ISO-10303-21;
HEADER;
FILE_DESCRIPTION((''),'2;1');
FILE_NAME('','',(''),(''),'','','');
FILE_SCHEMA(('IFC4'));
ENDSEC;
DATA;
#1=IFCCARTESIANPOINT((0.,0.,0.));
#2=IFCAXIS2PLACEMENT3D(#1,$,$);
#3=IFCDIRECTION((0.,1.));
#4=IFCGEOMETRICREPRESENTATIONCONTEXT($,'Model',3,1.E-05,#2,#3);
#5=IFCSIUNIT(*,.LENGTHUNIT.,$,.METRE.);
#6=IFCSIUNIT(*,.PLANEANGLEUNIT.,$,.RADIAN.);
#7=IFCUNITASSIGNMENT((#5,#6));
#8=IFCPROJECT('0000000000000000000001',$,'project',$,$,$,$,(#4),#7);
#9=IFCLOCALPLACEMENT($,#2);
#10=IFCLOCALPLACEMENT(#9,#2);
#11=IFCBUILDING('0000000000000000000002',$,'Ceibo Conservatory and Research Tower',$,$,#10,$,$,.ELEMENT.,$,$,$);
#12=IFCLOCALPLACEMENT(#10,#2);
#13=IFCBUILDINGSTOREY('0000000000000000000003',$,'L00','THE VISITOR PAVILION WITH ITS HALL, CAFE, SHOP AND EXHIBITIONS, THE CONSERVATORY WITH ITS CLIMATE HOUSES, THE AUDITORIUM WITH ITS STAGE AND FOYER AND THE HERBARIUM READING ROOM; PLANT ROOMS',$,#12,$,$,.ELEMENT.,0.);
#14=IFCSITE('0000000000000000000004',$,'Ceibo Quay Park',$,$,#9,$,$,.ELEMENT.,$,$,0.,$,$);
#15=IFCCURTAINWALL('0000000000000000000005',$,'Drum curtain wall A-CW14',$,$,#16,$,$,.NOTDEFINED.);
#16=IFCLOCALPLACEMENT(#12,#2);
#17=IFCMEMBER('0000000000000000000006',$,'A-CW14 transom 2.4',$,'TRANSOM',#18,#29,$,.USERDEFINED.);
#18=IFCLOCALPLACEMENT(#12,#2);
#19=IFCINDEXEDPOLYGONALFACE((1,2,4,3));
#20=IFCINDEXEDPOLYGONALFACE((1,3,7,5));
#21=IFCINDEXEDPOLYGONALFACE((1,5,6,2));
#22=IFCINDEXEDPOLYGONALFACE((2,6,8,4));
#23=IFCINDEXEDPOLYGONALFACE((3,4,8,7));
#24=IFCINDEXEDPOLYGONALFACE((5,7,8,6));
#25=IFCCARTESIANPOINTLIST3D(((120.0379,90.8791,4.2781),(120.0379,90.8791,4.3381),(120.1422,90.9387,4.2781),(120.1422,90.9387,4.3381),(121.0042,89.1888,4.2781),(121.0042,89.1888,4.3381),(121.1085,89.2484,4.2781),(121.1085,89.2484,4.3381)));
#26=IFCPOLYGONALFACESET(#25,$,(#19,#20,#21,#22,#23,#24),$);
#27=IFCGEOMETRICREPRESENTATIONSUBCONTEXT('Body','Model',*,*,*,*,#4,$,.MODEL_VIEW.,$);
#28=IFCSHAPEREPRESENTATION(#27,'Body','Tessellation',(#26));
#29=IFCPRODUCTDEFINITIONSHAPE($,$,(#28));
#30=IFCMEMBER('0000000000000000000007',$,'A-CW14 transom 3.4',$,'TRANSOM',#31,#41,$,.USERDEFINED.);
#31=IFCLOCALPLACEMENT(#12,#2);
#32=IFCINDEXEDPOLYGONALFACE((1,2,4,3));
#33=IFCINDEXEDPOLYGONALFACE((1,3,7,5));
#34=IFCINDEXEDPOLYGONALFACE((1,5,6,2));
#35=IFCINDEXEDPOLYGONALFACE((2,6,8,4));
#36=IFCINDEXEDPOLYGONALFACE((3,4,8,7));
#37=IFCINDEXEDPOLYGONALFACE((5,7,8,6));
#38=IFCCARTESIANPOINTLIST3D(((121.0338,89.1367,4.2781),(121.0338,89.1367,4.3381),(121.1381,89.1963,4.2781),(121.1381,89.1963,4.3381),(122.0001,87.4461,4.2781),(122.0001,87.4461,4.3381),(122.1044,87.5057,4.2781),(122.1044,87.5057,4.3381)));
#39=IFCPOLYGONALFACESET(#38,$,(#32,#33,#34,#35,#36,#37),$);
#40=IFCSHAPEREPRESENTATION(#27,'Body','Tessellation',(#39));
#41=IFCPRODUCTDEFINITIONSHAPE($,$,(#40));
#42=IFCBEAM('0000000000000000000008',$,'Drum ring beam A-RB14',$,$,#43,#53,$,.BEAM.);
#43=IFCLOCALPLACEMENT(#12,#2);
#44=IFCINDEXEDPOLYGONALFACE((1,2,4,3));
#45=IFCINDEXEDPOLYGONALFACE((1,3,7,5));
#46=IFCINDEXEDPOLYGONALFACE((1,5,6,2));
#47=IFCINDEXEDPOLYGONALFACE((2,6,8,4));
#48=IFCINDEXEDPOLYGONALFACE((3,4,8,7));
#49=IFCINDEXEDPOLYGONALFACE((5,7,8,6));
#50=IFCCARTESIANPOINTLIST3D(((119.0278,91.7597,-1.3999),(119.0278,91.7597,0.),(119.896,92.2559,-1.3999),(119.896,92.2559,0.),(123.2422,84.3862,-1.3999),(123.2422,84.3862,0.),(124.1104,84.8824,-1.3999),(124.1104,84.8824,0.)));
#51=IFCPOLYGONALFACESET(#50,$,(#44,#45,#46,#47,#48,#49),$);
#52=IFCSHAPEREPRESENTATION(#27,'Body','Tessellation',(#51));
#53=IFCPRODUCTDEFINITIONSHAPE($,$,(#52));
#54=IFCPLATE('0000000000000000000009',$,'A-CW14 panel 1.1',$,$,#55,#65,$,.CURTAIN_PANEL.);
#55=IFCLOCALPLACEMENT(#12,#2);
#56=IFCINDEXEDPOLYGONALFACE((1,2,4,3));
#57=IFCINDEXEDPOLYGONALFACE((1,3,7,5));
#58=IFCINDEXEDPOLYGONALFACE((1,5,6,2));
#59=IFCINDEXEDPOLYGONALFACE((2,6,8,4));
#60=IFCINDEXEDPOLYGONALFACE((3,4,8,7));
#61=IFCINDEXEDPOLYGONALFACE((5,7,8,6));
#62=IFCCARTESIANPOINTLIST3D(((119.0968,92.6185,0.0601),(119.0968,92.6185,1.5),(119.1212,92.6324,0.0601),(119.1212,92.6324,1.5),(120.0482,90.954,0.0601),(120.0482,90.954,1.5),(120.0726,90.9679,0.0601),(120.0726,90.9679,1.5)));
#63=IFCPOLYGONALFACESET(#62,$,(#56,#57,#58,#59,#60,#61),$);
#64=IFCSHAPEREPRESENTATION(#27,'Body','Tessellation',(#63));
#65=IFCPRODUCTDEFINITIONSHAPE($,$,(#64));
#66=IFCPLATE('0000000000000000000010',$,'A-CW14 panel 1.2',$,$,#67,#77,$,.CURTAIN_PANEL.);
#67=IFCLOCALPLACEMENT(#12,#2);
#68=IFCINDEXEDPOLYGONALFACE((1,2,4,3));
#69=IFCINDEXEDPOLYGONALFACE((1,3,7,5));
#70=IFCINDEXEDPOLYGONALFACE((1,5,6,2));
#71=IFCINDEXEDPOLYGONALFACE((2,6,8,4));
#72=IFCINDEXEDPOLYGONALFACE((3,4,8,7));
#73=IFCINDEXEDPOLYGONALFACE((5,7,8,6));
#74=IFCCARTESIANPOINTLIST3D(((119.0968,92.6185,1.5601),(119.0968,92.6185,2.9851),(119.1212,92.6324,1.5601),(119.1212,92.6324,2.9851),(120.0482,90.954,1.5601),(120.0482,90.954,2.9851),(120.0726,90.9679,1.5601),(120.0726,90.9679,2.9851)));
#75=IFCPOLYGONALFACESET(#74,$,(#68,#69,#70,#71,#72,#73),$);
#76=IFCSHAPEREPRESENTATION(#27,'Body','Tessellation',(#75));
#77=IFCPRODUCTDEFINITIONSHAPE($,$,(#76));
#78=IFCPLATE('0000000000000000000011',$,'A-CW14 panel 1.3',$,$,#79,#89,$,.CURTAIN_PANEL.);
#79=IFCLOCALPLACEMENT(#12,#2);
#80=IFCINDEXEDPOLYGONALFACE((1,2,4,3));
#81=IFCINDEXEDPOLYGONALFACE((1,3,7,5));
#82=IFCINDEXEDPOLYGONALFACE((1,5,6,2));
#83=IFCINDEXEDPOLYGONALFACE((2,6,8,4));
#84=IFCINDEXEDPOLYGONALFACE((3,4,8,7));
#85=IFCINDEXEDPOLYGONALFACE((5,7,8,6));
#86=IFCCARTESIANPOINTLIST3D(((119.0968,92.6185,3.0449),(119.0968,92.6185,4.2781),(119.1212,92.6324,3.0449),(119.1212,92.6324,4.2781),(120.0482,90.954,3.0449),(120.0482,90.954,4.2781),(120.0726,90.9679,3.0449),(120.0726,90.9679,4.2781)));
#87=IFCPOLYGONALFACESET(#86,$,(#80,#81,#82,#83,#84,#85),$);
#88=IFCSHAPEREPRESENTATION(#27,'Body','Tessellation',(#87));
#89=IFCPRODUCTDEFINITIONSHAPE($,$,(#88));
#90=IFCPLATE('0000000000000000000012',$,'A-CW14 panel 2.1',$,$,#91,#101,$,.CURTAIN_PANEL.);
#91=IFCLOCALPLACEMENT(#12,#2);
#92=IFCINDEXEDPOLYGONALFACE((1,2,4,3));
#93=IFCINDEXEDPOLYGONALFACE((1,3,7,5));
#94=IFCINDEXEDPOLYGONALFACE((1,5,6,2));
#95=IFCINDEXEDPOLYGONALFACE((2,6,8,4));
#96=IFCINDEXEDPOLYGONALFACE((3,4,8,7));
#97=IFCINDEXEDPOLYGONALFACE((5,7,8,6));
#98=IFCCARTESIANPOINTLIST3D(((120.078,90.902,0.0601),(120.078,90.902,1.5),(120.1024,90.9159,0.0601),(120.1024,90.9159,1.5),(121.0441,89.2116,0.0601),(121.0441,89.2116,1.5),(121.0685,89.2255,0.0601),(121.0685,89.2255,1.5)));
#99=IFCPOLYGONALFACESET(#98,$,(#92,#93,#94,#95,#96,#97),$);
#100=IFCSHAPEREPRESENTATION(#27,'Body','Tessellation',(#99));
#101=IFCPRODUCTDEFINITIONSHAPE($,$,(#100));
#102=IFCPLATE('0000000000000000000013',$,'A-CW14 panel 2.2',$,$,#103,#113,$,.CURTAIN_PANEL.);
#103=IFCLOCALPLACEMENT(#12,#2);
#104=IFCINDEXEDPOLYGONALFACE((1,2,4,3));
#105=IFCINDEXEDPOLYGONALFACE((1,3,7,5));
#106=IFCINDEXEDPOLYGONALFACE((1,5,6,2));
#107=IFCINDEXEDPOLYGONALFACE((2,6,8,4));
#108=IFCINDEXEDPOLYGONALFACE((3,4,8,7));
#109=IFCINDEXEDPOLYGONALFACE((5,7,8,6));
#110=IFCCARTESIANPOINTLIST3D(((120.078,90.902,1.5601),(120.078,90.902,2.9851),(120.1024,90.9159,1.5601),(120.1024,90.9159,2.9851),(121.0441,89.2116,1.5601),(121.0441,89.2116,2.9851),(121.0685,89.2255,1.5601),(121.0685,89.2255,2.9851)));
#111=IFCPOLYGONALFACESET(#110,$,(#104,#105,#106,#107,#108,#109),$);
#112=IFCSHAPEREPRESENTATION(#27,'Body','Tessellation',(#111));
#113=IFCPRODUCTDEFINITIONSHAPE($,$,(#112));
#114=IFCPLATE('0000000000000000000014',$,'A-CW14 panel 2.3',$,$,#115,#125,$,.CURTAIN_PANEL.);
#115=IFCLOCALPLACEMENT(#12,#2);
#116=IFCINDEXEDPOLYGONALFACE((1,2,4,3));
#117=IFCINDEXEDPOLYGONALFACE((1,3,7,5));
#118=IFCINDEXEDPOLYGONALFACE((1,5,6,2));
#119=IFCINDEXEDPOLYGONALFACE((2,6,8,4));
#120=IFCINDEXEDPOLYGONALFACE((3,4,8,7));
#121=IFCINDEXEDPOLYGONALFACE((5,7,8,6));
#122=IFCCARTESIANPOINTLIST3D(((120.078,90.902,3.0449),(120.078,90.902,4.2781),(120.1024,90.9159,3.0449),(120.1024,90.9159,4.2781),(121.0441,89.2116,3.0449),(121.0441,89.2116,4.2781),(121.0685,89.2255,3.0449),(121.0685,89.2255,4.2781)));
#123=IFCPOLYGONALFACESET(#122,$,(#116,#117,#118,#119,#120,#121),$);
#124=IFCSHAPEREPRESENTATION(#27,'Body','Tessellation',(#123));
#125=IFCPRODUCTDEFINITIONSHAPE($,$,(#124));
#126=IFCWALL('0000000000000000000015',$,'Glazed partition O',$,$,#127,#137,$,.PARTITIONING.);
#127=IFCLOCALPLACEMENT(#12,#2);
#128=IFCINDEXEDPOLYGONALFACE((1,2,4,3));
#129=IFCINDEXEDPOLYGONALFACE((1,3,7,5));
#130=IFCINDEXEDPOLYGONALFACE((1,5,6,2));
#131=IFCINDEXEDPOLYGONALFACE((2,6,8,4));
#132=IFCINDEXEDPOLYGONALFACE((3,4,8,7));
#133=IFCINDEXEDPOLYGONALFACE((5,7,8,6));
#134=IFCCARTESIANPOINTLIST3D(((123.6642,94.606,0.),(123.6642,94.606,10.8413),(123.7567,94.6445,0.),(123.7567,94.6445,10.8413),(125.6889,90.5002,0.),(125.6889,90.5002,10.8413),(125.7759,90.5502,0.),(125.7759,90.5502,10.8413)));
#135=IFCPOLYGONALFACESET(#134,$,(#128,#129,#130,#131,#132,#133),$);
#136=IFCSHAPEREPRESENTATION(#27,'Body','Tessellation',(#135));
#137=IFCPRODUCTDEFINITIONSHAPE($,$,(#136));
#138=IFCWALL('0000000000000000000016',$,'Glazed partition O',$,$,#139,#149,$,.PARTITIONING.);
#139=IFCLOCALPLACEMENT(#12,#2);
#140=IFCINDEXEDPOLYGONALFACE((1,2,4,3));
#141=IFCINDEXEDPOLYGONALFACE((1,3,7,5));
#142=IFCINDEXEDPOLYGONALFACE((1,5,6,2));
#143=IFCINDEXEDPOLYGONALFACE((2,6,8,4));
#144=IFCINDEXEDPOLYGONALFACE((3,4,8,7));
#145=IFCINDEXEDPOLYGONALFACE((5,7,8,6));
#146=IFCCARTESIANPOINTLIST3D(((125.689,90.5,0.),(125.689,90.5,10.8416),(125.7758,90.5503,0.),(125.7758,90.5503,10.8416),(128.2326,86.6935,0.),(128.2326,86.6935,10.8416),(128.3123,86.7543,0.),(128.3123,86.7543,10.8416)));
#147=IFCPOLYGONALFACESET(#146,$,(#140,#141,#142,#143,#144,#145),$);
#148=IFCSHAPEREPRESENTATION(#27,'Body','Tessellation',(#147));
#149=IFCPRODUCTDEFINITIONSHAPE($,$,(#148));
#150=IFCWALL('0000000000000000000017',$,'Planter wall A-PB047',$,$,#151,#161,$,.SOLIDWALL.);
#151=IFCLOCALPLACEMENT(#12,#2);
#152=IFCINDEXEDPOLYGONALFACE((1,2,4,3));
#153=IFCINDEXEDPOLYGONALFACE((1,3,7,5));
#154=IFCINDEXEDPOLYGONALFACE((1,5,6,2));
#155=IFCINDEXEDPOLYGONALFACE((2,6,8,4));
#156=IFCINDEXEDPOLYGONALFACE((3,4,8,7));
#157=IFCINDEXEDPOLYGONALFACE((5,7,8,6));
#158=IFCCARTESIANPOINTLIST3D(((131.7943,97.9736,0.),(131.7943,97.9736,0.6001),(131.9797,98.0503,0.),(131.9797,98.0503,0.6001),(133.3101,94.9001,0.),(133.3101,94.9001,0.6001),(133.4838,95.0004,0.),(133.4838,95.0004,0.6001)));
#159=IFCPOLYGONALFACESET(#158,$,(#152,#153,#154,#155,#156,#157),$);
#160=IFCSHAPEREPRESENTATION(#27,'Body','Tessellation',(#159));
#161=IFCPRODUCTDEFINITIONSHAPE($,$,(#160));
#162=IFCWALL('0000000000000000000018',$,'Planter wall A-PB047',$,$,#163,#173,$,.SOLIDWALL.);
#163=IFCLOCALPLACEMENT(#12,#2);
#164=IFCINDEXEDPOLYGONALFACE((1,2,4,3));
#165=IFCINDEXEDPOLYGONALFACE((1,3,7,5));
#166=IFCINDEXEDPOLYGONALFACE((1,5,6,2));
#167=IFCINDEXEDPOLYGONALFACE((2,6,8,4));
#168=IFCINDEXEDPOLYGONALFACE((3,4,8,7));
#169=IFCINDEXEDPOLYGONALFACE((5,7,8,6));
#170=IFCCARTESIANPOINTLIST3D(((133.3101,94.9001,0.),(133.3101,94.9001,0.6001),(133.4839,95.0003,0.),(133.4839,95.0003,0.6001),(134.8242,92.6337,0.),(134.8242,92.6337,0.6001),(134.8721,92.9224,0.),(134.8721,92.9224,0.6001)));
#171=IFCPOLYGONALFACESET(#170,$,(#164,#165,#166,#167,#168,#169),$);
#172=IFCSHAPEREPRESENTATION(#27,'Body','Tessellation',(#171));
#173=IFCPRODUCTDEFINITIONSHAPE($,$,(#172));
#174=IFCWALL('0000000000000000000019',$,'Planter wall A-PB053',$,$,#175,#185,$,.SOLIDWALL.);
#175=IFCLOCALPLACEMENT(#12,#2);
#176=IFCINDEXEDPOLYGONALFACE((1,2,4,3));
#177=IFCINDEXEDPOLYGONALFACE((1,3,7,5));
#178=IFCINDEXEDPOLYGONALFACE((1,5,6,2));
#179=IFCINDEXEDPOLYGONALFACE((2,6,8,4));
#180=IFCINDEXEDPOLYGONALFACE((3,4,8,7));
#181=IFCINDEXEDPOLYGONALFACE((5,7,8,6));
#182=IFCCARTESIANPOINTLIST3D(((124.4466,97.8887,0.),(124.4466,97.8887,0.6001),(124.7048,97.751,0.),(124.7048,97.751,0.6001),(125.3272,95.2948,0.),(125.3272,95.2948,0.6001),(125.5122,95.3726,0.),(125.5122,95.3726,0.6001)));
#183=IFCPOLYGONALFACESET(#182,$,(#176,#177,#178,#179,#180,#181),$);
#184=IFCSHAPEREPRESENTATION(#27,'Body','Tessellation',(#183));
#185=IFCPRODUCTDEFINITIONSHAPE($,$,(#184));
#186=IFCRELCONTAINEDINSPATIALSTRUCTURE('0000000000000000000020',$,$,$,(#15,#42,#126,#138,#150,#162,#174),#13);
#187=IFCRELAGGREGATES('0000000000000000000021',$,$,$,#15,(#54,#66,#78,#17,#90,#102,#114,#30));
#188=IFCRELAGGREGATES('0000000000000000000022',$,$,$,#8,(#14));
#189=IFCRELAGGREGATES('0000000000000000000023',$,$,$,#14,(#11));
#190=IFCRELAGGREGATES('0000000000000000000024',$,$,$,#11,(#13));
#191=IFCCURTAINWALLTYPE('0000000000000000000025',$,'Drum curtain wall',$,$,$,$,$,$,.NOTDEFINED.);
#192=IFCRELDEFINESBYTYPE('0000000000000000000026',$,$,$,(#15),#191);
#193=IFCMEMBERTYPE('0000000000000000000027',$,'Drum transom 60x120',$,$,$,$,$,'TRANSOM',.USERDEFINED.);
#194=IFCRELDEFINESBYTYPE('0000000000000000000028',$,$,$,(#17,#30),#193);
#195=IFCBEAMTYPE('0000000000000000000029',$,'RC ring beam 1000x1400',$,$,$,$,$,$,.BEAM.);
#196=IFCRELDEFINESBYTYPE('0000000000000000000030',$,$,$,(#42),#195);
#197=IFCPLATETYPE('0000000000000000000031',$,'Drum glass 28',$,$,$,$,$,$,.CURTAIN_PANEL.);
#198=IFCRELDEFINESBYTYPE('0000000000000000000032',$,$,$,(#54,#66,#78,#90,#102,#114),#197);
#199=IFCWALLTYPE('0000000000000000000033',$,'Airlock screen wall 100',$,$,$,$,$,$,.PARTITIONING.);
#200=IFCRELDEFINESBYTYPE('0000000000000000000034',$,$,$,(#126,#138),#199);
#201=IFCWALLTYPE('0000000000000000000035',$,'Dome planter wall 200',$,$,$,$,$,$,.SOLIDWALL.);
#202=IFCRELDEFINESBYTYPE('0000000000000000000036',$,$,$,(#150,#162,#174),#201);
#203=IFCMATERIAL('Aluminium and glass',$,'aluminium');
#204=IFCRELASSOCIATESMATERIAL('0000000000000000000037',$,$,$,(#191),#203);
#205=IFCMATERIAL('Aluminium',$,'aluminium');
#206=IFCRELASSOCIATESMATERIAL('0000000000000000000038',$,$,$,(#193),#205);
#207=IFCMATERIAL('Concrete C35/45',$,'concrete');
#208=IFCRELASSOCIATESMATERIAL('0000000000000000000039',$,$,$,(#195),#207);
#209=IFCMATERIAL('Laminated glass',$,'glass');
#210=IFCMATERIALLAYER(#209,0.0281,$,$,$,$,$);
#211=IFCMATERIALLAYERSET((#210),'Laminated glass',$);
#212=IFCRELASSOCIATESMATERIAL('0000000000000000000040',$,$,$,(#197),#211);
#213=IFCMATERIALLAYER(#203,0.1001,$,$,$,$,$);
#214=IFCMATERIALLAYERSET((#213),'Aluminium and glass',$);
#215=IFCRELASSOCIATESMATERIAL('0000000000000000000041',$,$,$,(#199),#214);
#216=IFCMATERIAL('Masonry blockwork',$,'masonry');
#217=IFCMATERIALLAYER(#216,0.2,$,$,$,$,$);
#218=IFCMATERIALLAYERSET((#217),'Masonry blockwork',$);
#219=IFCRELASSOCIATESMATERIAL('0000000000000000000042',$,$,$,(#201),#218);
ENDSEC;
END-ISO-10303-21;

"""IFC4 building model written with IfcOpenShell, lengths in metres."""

from ifc_helpers import new_model, si_unit, direction, frame, origin, origin_2d, place, context, subcontext, project, spatial, polyline, rectangle, outline, extrude, material, layer, layer_set, material_profile, profile_set, type_object, element, aggregate, save


model = new_model("IFC4")

# Units and contexts
model_context = context("Model", 3, precision=1e-05, world=origin(), true_north=direction((0.0, 1.0)))
body_context = subcontext(model_context, "Body", "Model", "MODEL_VIEW")
ifc_project = project(units=[si_unit("LENGTHUNIT", "METRE"), si_unit("PLANEANGLEUNIT", "RADIAN")], contexts=[model_context])

# Site, building, storey
site_placement = place(None, origin())
site = spatial("IfcSite", under=ifc_project, at=site_placement, Name="Ceibo Quay Park", CompositionType="ELEMENT", RefElevation=0.0)
building_placement = place(site_placement, origin())
building = spatial("IfcBuilding", under=site, at=building_placement, Name="Ceibo Conservatory and Research Tower", CompositionType="ELEMENT")
storey_placement = place(building_placement, origin())
storey = spatial("IfcBuildingStorey", under=building, at=storey_placement, Name="L00", Description="THE VISITOR PAVILION WITH ITS HALL, CAFE, SHOP AND EXHIBITIONS, THE CONSERVATORY WITH ITS CLIMATE HOUSES, THE AUDITORIUM WITH ITS STAGE AND FOYER AND THE HERBARIUM READING ROOM; PLANT ROOMS", CompositionType="ELEMENT", Elevation=0.0)

# Shared definitions
ifc_material_1 = material(Name="Concrete C35/45", Category="concrete")

# Curtain wall, members
ifc_material_2 = material(Name="Aluminium and glass", Category="aluminium")
curtain_wall_type = type_object("IfcCurtainWallType", Name="Drum curtain wall", PredefinedType="NOTDEFINED", material=ifc_material_2)
curtain_wall_placement = place(storey_placement, origin())
curtain_wall = element("IfcCurtainWall", 1, at=curtain_wall_placement, inside=storey, type_object=curtain_wall_type, Name="Drum curtain wall A-CW14", PredefinedType="NOTDEFINED")
ifc_material_3 = material(Name="Aluminium", Category="aluminium")
ifc_material_profile_1 = material_profile(ifc_material_3, rectangle(XDim=0.1201, YDim=0.0601, at=origin_2d()), Name="AL 60x120")
ifc_profile_set_1 = profile_set([ifc_material_profile_1], Name="Aluminium")
member_type_1 = type_object("IfcMemberType", Name="Drum transom 60x120", ElementType="TRANSOM", PredefinedType="USERDEFINED", material=ifc_profile_set_1)
member_1_placement = place(storey_placement, frame((120.0901, 90.9089, 4.3081), z_axis=(0.496274, -0.868166, 0.0), x_axis=(0.868166, 0.496274, 0.0)))
member_1 = element("IfcMember", 2, at=member_1_placement, type_object=member_type_1, Name="A-CW14 transom 2.4", ObjectType="TRANSOM", PredefinedType="USERDEFINED", context=body_context, shape_type="SweptSolid", body=[
    extrude(rectangle(XDim=0.1201, YDim=0.0601, at=origin_2d()), origin(), (0.0, 0.0, 1.0), 1.947),
])
member_2_placement = place(storey_placement, frame((121.0859, 89.1665, 4.3081), z_axis=(0.49622, -0.868197, 0.0), x_axis=(0.868197, 0.49622, 0.0)))
member_2 = element("IfcMember", 3, at=member_2_placement, type_object=member_type_1, Name="A-CW14 transom 3.4", ObjectType="TRANSOM", PredefinedType="USERDEFINED", context=body_context, shape_type="SweptSolid", body=[
    extrude(rectangle(XDim=0.1201, YDim=0.0601, at=origin_2d()), origin(), (0.0, 0.0, 1.0), 1.9473),
])

# Beam
ifc_material_profile_2 = material_profile(ifc_material_1, rectangle(XDim=1.0, YDim=1.3999, at=origin_2d()), Name="RC 1000x1400")
ifc_profile_set_2 = profile_set([ifc_material_profile_2], Name="Concrete C35/45")
beam_type = type_object("IfcBeamType", Name="RC ring beam 1000x1400", PredefinedType="BEAM", material=ifc_profile_set_2)
beam_placement = place(storey_placement, frame((119.4619, 92.0078, -0.7), z_axis=(0.496219, -0.868197, 0.0), x_axis=(0.868197, 0.496219, 0.0)))
element("IfcBeam", 4, at=beam_placement, inside=storey, type_object=beam_type, Name="Drum ring beam A-RB14", PredefinedType="BEAM", context=body_context, shape_type="SweptSolid", body=[
    extrude(rectangle(XDim=1.0, YDim=1.3999, at=origin_2d()), origin(), (0.0, 0.0, 1.0), 8.4929),
])

# Plates
ifc_material_4 = material(Name="Laminated glass", Category="glass")
ifc_layer_1 = layer(ifc_material_4, 0.0281)
ifc_layer_set_1 = layer_set([ifc_layer_1], Name="Laminated glass")
plate_type = type_object("IfcPlateType", Name="Drum glass 28", PredefinedType="CURTAIN_PANEL", material=ifc_layer_set_1)
plate_1_placement = place(storey_placement, frame((119.5847, 91.7932, 0.0601), z_axis=(0.0, 0.0, 1.0), x_axis=(0.496216, -0.868199, 0.0)))
plate_1 = element("IfcPlate", 5, at=plate_1_placement, type_object=plate_type, Name="A-CW14 panel 1.1", PredefinedType="CURTAIN_PANEL", context=body_context, shape_type="SweptSolid", body=[
    extrude(rectangle(XDim=1.9172, YDim=0.0281, at=origin_2d()), origin(), (0.0, 0.0, 1.0), 1.4399),
])
plate_2_placement = place(storey_placement, frame((119.5847, 91.7932, 1.5601), z_axis=(0.0, 0.0, 1.0), x_axis=(0.496216, -0.868199, 0.0)))
plate_2 = element("IfcPlate", 6, at=plate_2_placement, type_object=plate_type, Name="A-CW14 panel 1.2", PredefinedType="CURTAIN_PANEL", context=body_context, shape_type="SweptSolid", body=[
    extrude(rectangle(XDim=1.9172, YDim=0.0281, at=origin_2d()), origin(), (0.0, 0.0, 1.0), 1.425),
])
plate_3_placement = place(storey_placement, frame((119.5847, 91.7932, 3.0449), z_axis=(0.0, 0.0, 1.0), x_axis=(0.496216, -0.868199, 0.0)))
plate_3 = element("IfcPlate", 7, at=plate_3_placement, type_object=plate_type, Name="A-CW14 panel 1.3", PredefinedType="CURTAIN_PANEL", context=body_context, shape_type="SweptSolid", body=[
    extrude(rectangle(XDim=1.9172, YDim=0.0281, at=origin_2d()), origin(), (0.0, 0.0, 1.0), 1.2332),
])
plate_4_placement = place(storey_placement, frame((120.5732, 90.0637, 0.0601), z_axis=(0.0, 0.0, 1.0), x_axis=(0.496216, -0.868199, 0.0)))
plate_4 = element("IfcPlate", 8, at=plate_4_placement, type_object=plate_type, Name="A-CW14 panel 2.1", PredefinedType="CURTAIN_PANEL", context=body_context, shape_type="SweptSolid", body=[
    extrude(rectangle(XDim=1.947, YDim=0.0281, at=origin_2d()), origin(), (0.0, 0.0, 1.0), 1.4399),
])
plate_5_placement = place(storey_placement, frame((120.5732, 90.0637, 1.5601), z_axis=(0.0, 0.0, 1.0), x_axis=(0.496216, -0.868199, 0.0)))
plate_5 = element("IfcPlate", 9, at=plate_5_placement, type_object=plate_type, Name="A-CW14 panel 2.2", PredefinedType="CURTAIN_PANEL", context=body_context, shape_type="SweptSolid", body=[
    extrude(rectangle(XDim=1.947, YDim=0.0281, at=origin_2d()), origin(), (0.0, 0.0, 1.0), 1.425),
])
plate_6_placement = place(storey_placement, frame((120.5732, 90.0637, 3.0449), z_axis=(0.0, 0.0, 1.0), x_axis=(0.496216, -0.868199, 0.0)))
plate_6 = element("IfcPlate", 10, at=plate_6_placement, type_object=plate_type, Name="A-CW14 panel 2.3", PredefinedType="CURTAIN_PANEL", context=body_context, shape_type="SweptSolid", body=[
    extrude(rectangle(XDim=1.947, YDim=0.0281, at=origin_2d()), origin(), (0.0, 0.0, 1.0), 1.2332),
])
aggregate(curtain_wall, [plate_1, plate_2, plate_3, member_1, plate_4, plate_5, plate_6, member_2])

# Walls
ifc_layer_2 = layer(ifc_material_2, 0.1001)
ifc_layer_set_2 = layer_set([ifc_layer_2], Name="Aluminium and glass")
wall_type_1 = type_object("IfcWallType", Name="Airlock screen wall 100", PredefinedType="PARTITIONING", material=ifc_layer_set_2)
wall_1_placement = place(storey_placement, frame((123.7104, 94.6252, 0.0), z_axis=(0.0, 0.0, 1.0), x_axis=(0.442294, -0.89687, 0.0)))
element("IfcWall", 11, at=wall_1_placement, inside=storey, type_object=wall_type_1, Name="Glazed partition O", PredefinedType="PARTITIONING", context=body_context, shape_type="SweptSolid", body=[
    extrude(outline(polyline([(-0.0032, -0.05), (4.5747, -0.05), (4.5684, 0.05), (0.0032, 0.05), (-0.0032, -0.05)])), origin(), (0.0, 0.0, 1.0), 10.8413),
])
wall_2_placement = place(storey_placement, frame((125.7324, 90.5251, 0.0), z_axis=(0.0, 0.0, 1.0), x_axis=(0.555587, -0.831458, 0.0)))
element("IfcWall", 12, at=wall_2_placement, inside=storey, type_object=wall_type_1, Name="Glazed partition O", PredefinedType="PARTITIONING", context=body_context, shape_type="SweptSolid", body=[
    extrude(outline(polyline([(-0.0032, -0.05), (4.575, -0.05), (4.5686, 0.05), (0.0032, 0.05), (-0.0032, -0.05)])), origin(), (0.0, 0.0, 1.0), 10.8416),
])
ifc_material_5 = material(Name="Masonry blockwork", Category="masonry")
ifc_layer_3 = layer(ifc_material_5, 0.2)
ifc_layer_set_3 = layer_set([ifc_layer_3], Name="Masonry blockwork")
wall_type_2 = type_object("IfcWallType", Name="Dome planter wall 200", PredefinedType="SOLIDWALL", material=ifc_layer_set_3)
wall_3_placement = place(storey_placement, frame((131.887, 98.012, 0.0), z_axis=(0.0, 0.0, 1.0), x_axis=(0.442315, -0.89686, 0.0)))
element("IfcWall", 13, at=wall_3_placement, inside=storey, type_object=wall_type_2, Name="Planter wall A-PB047", PredefinedType="SOLIDWALL", context=body_context, shape_type="SweptSolid", body=[
    extrude(outline(polyline([(-0.0066, -0.1001), (3.4204, -0.1001), (3.4072, 0.1001), (0.0066, 0.1001), (-0.0066, -0.1001)])), origin(), (0.0, 0.0, 1.0), 0.6001),
])
wall_4_placement = place(storey_placement, frame((133.397, 94.9502, 0.0), z_axis=(0.0, 0.0, 1.0), x_axis=(0.555519, -0.831504, 0.0)))
element("IfcWall", 14, at=wall_4_placement, inside=storey, type_object=wall_type_2, Name="Planter wall A-PB047", PredefinedType="SOLIDWALL", context=body_context, shape_type="SweptSolid", body=[
    extrude(outline(polyline([(-0.0066, -0.1001), (2.719, -0.1001), (2.5056, 0.1001), (0.0066, 0.1001), (-0.0066, -0.1001)])), origin(), (0.0, 0.0, 1.0), 0.6001),
])
wall_5_placement = place(storey_placement, frame((124.5757, 97.8198, 0.0), z_axis=(0.0, 0.0, 1.0), x_axis=(0.321468, -0.946921, 0.0)))
element("IfcWall", 15, at=wall_5_placement, inside=storey, type_object=wall_type_2, Name="Planter wall A-PB053", PredefinedType="SOLIDWALL", context=body_context, shape_type="SweptSolid", body=[
    extrude(outline(polyline([(-0.1067, -0.1001), (2.6326, -0.1001), (2.6184, 0.1001), (0.1067, 0.1001), (-0.1067, -0.1001)])), origin(), (0.0, 0.0, 1.0), 0.6001),
])

save(model, "model.ifc")
